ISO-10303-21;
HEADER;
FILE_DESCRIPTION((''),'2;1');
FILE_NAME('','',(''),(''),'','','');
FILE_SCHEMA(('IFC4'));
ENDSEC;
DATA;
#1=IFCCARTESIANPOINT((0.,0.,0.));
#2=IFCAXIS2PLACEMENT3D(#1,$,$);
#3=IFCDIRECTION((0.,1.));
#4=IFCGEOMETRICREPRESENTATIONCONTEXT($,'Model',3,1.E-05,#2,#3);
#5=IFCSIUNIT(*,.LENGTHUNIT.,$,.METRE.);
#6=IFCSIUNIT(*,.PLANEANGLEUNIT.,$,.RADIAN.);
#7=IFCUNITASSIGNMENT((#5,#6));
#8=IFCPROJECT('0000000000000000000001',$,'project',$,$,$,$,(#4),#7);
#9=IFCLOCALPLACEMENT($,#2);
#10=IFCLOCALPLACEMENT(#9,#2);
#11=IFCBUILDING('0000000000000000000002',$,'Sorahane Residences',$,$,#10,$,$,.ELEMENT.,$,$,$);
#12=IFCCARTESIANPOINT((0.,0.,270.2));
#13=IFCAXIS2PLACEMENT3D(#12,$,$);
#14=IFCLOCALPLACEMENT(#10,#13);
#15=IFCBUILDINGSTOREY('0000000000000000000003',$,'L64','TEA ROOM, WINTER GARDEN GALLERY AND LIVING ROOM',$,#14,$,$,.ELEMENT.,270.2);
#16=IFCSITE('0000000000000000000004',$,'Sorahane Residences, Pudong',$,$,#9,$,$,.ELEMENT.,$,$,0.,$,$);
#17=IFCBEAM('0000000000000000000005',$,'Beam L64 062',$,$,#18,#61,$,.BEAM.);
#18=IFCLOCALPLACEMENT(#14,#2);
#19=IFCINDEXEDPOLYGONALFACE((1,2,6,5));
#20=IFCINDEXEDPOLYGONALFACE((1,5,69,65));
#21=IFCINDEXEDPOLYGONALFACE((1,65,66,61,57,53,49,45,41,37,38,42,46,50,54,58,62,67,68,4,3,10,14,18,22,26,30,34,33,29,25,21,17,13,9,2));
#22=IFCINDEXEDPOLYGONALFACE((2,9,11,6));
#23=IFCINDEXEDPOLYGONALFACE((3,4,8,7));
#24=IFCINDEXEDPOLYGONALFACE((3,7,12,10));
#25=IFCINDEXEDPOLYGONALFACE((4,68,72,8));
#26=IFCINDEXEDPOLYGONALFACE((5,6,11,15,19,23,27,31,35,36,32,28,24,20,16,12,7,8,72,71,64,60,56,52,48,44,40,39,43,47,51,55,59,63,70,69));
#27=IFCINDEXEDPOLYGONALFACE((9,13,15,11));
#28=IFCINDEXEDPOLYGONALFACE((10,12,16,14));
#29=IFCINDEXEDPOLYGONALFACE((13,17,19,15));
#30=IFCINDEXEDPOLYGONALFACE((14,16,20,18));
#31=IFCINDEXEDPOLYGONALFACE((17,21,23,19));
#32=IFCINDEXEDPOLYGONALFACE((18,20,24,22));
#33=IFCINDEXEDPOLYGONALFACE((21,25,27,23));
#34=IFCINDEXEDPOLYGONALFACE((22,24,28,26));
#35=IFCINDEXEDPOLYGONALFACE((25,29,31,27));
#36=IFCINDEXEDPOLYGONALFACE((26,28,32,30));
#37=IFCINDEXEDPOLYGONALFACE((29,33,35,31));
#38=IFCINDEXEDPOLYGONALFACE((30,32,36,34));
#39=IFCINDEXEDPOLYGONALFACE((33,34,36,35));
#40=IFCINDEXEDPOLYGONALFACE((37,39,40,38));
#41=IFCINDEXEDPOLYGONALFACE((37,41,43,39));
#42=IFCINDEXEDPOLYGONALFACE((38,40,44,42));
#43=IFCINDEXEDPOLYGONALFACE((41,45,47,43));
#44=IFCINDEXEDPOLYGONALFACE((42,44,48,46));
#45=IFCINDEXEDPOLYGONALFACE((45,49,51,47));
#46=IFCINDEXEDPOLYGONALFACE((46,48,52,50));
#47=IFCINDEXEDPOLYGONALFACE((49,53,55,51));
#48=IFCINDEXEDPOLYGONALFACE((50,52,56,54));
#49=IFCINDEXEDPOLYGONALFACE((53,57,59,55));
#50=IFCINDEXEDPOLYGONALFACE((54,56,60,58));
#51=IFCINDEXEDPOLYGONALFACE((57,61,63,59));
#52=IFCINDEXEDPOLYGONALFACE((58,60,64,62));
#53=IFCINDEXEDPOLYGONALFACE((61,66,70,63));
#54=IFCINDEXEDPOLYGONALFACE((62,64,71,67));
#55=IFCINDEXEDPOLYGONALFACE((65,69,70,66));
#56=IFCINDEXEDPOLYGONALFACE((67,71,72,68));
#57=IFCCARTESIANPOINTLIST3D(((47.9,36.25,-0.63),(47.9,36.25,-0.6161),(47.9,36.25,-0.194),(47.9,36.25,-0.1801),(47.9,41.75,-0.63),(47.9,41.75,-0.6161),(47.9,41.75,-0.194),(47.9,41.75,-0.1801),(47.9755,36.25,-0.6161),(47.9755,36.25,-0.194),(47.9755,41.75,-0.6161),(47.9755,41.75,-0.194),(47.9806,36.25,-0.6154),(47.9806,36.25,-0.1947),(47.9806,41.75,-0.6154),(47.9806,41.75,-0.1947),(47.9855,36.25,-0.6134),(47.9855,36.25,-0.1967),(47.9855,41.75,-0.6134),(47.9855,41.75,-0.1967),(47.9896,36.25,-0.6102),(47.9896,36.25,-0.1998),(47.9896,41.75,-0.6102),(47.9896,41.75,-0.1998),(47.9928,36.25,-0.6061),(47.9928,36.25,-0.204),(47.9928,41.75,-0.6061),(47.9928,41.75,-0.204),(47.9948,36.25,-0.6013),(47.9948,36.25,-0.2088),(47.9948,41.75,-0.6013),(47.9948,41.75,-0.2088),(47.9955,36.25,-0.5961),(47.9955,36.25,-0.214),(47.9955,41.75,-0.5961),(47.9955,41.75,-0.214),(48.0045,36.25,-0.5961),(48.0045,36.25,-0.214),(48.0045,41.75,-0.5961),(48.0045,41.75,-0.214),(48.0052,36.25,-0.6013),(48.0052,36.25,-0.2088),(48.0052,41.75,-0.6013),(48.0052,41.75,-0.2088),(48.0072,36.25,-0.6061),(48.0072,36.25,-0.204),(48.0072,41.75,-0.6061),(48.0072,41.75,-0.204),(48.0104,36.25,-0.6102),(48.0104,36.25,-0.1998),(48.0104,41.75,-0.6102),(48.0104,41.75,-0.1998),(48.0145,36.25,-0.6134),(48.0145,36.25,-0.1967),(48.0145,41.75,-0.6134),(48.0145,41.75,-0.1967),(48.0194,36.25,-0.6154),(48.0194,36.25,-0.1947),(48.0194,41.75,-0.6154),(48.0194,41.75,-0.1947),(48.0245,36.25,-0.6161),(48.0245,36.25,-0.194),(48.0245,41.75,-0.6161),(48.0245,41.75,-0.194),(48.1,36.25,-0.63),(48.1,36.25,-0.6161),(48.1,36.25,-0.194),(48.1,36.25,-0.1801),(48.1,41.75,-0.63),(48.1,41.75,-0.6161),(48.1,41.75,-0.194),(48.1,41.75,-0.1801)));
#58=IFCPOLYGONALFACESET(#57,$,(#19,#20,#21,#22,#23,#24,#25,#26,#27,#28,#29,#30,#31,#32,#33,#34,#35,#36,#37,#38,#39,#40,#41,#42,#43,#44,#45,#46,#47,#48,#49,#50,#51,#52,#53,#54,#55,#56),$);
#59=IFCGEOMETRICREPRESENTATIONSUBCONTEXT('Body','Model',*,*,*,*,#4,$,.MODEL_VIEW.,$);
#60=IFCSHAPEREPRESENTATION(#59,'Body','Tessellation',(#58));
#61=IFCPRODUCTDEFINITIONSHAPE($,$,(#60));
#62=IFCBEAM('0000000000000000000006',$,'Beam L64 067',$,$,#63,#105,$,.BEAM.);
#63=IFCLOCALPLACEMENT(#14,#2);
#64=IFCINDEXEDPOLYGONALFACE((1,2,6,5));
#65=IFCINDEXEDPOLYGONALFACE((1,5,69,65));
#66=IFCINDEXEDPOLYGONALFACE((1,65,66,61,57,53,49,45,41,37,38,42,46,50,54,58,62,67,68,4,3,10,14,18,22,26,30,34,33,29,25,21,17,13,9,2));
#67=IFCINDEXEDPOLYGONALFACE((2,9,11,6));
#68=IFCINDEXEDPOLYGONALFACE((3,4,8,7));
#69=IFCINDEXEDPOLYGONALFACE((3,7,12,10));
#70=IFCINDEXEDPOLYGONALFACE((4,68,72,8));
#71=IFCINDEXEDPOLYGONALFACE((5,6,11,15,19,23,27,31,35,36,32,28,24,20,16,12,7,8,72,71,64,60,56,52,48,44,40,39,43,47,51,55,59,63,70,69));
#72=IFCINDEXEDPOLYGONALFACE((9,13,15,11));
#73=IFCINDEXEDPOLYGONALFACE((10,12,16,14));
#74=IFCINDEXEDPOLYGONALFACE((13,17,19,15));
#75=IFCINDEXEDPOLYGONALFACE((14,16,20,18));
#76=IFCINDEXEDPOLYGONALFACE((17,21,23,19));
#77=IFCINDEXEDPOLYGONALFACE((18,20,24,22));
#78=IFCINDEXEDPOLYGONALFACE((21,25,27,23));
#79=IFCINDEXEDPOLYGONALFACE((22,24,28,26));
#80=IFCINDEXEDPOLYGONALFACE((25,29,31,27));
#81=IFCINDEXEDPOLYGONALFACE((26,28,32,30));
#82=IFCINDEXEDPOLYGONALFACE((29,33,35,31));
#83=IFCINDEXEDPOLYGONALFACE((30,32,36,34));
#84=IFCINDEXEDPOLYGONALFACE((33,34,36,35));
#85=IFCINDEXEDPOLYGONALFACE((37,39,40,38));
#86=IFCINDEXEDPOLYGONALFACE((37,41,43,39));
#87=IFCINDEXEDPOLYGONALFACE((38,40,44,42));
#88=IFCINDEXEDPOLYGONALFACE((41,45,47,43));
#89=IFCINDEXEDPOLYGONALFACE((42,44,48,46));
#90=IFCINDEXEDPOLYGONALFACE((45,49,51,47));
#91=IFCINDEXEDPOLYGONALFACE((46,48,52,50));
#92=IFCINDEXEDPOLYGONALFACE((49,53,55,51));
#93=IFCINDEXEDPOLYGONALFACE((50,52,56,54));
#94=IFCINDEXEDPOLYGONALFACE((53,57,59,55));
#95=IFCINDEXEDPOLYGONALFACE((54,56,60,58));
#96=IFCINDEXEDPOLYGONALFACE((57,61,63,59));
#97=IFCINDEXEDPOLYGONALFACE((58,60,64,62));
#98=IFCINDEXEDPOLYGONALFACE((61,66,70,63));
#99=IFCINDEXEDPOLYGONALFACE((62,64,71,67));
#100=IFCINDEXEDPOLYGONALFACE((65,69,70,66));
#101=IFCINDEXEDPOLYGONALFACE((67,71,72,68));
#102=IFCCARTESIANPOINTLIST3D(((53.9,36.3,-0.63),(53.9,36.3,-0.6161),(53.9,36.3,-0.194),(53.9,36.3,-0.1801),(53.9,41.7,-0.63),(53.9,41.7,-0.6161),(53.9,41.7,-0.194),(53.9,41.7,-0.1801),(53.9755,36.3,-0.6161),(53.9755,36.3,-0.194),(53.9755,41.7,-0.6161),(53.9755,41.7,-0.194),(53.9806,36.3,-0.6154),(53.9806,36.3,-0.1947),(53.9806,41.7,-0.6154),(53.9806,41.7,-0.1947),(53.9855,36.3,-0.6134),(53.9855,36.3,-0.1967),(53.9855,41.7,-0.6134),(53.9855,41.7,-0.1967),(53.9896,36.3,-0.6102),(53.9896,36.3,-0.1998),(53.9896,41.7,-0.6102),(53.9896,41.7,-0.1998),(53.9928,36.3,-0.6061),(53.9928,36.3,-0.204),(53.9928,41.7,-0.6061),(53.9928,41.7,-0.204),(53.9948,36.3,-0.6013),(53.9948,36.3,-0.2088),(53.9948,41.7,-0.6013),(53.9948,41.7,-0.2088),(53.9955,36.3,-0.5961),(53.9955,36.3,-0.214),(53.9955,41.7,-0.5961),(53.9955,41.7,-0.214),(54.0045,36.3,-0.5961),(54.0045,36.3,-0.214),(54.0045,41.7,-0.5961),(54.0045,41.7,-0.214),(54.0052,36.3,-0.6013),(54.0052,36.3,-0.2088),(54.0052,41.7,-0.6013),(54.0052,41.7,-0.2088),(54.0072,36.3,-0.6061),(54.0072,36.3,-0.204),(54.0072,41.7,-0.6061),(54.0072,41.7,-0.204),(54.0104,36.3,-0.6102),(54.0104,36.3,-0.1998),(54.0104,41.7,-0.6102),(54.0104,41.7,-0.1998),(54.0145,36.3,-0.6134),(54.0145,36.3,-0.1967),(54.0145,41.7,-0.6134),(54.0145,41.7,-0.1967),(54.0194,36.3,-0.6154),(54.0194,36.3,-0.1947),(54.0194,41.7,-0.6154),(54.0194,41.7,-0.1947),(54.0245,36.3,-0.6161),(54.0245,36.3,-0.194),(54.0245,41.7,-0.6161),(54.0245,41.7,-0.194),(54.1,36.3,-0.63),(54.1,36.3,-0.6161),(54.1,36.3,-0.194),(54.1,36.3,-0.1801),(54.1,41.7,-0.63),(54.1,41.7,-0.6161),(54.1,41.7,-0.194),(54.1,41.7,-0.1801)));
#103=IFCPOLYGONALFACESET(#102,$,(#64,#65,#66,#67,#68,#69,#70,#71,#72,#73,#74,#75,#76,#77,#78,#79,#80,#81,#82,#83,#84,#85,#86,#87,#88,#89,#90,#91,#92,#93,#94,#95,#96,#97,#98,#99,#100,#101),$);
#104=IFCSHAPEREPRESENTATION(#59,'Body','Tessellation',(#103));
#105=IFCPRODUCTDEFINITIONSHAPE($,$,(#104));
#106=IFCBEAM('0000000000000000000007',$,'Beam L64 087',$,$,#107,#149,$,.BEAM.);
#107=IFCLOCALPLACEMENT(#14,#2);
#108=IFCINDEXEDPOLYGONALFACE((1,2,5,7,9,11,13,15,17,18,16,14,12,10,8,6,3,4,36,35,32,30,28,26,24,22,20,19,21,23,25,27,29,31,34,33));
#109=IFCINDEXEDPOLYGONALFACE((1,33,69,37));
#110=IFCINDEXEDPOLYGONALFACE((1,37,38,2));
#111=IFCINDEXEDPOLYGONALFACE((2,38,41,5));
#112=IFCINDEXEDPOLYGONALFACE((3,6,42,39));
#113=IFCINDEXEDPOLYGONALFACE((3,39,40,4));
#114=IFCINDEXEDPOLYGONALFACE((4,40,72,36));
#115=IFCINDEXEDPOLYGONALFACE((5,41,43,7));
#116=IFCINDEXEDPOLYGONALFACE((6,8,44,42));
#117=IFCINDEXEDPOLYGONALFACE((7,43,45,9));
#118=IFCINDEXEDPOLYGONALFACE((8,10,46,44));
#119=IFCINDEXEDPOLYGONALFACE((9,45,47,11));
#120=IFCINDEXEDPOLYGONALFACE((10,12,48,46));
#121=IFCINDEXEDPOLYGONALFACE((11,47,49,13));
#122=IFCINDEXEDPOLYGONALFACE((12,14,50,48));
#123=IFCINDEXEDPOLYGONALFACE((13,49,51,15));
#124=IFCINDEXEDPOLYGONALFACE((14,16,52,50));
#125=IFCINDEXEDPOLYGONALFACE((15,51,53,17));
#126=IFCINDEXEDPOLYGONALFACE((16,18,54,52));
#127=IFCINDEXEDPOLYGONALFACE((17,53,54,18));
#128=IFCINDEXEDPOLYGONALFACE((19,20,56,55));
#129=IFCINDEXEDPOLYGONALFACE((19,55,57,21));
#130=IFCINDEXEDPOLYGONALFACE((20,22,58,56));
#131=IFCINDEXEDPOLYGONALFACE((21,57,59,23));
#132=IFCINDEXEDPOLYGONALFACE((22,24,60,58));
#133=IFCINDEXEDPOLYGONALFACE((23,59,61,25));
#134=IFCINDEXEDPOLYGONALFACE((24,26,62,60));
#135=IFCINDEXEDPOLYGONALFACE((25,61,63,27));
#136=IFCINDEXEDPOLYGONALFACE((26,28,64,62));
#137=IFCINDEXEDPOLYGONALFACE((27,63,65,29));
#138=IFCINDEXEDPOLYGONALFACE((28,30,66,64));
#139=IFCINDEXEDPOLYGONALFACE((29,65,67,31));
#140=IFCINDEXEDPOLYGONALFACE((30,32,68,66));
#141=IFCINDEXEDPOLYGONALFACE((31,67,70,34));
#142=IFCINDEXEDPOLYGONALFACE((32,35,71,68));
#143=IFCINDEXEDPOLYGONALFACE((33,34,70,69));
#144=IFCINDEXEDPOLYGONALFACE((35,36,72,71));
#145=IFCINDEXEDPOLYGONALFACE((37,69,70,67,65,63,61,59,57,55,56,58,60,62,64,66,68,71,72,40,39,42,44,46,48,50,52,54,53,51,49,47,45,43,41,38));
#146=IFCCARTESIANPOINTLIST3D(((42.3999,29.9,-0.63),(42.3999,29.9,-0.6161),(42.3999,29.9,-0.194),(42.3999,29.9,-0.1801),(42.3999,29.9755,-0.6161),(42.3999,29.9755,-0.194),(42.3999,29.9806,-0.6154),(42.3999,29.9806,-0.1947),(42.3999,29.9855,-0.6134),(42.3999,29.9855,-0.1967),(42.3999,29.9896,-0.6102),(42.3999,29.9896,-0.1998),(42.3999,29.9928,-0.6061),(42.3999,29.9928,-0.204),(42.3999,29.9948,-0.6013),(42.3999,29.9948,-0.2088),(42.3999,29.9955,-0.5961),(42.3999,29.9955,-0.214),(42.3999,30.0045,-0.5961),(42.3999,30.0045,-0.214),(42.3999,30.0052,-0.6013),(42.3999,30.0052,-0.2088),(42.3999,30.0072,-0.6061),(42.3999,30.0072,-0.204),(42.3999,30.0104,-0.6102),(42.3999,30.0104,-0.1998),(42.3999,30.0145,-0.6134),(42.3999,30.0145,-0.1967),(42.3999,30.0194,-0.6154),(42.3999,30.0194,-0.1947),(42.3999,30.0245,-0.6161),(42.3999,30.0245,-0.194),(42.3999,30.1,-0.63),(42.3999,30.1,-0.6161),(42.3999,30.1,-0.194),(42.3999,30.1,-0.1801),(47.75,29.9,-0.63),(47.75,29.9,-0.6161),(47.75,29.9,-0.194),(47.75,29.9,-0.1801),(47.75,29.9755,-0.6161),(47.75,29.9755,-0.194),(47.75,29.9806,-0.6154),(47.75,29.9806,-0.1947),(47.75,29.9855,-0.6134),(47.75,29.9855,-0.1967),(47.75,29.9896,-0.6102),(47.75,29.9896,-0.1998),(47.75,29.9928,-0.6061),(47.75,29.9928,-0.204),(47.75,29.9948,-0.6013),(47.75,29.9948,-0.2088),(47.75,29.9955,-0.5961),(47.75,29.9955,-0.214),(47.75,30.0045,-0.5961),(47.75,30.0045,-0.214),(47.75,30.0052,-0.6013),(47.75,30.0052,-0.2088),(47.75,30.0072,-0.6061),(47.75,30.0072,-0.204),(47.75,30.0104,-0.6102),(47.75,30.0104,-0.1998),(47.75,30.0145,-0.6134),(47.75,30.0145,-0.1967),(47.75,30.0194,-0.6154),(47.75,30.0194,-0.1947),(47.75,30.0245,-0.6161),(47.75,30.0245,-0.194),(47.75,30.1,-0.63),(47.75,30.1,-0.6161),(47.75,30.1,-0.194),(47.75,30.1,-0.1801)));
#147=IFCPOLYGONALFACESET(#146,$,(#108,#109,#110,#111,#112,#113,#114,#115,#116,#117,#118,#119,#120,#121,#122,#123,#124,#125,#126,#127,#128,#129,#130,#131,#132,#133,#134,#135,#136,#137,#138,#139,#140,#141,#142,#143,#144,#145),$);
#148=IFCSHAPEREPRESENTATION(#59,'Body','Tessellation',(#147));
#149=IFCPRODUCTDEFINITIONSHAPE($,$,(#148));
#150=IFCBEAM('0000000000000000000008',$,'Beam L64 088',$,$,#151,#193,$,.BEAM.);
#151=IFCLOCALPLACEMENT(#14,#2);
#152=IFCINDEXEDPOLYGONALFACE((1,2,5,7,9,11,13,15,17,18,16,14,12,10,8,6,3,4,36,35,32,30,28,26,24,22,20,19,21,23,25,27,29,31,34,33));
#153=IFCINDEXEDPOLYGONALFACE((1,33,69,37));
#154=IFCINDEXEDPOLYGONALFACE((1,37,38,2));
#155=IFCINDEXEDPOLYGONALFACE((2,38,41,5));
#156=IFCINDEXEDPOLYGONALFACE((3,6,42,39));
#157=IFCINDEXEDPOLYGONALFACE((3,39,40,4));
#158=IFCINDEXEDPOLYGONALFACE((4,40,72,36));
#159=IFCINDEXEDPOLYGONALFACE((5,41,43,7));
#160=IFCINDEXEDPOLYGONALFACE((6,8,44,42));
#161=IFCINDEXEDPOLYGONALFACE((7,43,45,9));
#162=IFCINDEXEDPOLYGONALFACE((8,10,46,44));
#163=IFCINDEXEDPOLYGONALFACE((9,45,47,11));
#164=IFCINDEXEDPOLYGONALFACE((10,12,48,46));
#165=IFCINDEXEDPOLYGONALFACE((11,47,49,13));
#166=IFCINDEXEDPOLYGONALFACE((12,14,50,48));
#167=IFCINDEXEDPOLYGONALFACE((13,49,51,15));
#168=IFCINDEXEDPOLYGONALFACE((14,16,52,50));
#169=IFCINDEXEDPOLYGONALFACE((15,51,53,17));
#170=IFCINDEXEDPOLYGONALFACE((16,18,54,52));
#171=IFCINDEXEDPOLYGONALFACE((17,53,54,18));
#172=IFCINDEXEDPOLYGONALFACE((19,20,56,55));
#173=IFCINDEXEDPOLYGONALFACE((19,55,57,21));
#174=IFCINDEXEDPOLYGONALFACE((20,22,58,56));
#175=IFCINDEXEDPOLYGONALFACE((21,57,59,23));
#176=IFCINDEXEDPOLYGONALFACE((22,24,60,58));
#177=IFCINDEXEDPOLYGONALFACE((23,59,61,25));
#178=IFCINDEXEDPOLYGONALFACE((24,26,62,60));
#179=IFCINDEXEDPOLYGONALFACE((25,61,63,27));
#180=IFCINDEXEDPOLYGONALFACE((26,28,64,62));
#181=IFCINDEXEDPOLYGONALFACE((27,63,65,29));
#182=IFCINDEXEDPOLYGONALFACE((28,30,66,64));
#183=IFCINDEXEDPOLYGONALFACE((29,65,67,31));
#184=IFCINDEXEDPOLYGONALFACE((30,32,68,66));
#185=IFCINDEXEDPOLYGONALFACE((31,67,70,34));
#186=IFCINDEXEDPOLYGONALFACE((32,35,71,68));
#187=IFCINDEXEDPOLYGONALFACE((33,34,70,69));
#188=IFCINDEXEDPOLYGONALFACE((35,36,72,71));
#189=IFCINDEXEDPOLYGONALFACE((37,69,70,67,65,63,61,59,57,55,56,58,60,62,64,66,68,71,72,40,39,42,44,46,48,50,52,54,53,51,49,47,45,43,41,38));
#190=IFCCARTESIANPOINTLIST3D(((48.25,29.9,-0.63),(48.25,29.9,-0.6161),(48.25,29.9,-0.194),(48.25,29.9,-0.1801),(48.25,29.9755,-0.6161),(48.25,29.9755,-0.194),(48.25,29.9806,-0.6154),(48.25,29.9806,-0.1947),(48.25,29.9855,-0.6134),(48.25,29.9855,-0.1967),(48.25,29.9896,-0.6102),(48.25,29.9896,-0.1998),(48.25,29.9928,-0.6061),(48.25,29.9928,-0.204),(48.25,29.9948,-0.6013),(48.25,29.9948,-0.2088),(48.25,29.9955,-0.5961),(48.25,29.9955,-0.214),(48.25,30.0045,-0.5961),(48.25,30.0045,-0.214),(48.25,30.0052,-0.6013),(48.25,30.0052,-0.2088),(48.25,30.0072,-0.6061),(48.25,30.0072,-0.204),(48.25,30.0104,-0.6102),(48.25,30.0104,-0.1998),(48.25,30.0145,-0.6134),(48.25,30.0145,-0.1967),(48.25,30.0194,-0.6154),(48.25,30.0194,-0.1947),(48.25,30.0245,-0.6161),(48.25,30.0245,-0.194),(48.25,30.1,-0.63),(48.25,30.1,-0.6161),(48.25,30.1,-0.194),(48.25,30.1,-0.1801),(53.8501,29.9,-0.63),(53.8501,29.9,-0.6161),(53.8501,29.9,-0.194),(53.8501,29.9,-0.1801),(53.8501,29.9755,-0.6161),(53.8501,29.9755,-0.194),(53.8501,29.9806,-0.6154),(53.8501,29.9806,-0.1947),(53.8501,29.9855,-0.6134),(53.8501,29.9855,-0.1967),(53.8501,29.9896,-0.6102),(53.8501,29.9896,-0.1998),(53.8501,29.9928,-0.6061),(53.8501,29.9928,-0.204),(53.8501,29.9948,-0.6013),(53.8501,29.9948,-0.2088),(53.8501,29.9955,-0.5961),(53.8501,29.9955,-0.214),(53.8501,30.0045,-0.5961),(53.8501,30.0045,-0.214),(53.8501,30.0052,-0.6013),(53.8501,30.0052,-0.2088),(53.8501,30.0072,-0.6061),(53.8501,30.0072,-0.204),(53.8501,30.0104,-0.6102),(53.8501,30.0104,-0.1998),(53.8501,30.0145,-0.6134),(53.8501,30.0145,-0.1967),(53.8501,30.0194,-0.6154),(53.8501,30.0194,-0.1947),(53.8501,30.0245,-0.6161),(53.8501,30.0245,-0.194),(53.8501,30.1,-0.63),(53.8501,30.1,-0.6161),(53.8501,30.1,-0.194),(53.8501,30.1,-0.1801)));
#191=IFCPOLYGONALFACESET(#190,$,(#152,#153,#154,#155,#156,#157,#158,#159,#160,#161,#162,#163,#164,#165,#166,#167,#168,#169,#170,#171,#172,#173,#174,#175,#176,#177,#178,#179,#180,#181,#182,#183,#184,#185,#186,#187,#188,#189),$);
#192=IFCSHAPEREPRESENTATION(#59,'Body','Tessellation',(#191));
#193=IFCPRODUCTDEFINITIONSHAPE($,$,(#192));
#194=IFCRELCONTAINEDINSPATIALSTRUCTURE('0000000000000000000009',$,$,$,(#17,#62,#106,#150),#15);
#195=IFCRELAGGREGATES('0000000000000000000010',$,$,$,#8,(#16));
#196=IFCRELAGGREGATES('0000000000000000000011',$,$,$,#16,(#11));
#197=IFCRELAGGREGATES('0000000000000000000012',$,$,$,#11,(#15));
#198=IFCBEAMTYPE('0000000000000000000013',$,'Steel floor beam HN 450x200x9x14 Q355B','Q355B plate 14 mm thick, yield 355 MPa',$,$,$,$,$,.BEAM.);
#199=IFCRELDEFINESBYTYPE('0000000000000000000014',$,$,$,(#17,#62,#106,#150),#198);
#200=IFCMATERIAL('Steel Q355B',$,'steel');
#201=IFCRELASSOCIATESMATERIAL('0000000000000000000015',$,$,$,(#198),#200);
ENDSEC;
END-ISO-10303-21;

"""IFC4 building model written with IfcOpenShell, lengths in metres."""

from ifc_helpers import new_model, si_unit, direction, frame, origin, origin_2d, place, context, subcontext, project, spatial, i_section, extrude, material, material_profile, profile_set, type_object, element, save


model = new_model("IFC4")

# Units and contexts
model_context = context("Model", 3, precision=1e-05, world=origin(), true_north=direction((0.0, 1.0)))
body_context = subcontext(model_context, "Body", "Model", "MODEL_VIEW")
ifc_project = project(units=[si_unit("LENGTHUNIT", "METRE"), si_unit("PLANEANGLEUNIT", "RADIAN")], contexts=[model_context])

# Site, building, storey
site_placement = place(None, origin())
site = spatial("IfcSite", under=ifc_project, at=site_placement, Name="Sorahane Residences, Pudong", CompositionType="ELEMENT", RefElevation=0.0)
building_placement = place(site_placement, origin())
building = spatial("IfcBuilding", under=site, at=building_placement, Name="Sorahane Residences", CompositionType="ELEMENT")
storey_placement = place(building_placement, frame((0.0, 0.0, 270.2)))
storey = spatial("IfcBuildingStorey", under=building, at=storey_placement, Name="L64", Description="TEA ROOM, WINTER GARDEN GALLERY AND LIVING ROOM", CompositionType="ELEMENT", Elevation=270.2)

# Beams
ifc_material_1 = material(Name="Steel Q355B", Category="steel")
ifc_material_profile_1 = material_profile(ifc_material_1, i_section(OverallWidth=0.2, OverallDepth=0.45, WebThickness=0.009, FlangeThickness=0.0139, FilletRadius=0.02, at=origin_2d()), Name="HN 450x200x9x14")
ifc_profile_set_1 = profile_set([ifc_material_profile_1], Name="Steel Q355B")
beam_type_1 = type_object("IfcBeamType", Name="Steel floor beam HN 450x200x9x14 Q355B", Description="Q355B plate 14 mm thick, yield 355 MPa", PredefinedType="BEAM", material=ifc_profile_set_1)
for number, where, z_axis, x_axis, name in (
    (1, (48.0, 36.25, -0.405), (0.0, 1.0, 0.0), (-1.0, 0.0, 0.0), "Beam L64 062"),
):
    element("IfcBeam", number, at=place(storey_placement, frame(where, z_axis=z_axis, x_axis=x_axis)), inside=storey, type_object=beam_type_1, Name=name, PredefinedType="BEAM", context=body_context, shape_type="SweptSolid", body=[
        extrude(i_section(OverallWidth=0.2, OverallDepth=0.45, WebThickness=0.009, FlangeThickness=0.0139, FilletRadius=0.02, at=origin_2d()), origin(), (0.0, 0.0, 1.0), 5.5),
    ])
beam_1_placement = place(storey_placement, frame((54.0, 36.3, -0.405), z_axis=(0.0, 1.0, 0.0), x_axis=(-1.0, 0.0, 0.0)))
element("IfcBeam", 2, at=beam_1_placement, inside=storey, type_object=beam_type_1, Name="Beam L64 067", PredefinedType="BEAM", context=body_context, shape_type="SweptSolid", body=[
    extrude(i_section(OverallWidth=0.2, OverallDepth=0.45, WebThickness=0.009, FlangeThickness=0.0139, FilletRadius=0.02, at=origin_2d()), origin(), (0.0, 0.0, 1.0), 5.3999),
])
beam_2_placement = place(storey_placement, frame((42.3999, 30.0, -0.405), z_axis=(1.0, 0.0, 0.0), x_axis=(0.0, 1.0, 0.0)))
element("IfcBeam", 3, at=beam_2_placement, inside=storey, type_object=beam_type_1, Name="Beam L64 087", PredefinedType="BEAM", context=body_context, shape_type="SweptSolid", body=[
    extrude(i_section(OverallWidth=0.2, OverallDepth=0.45, WebThickness=0.009, FlangeThickness=0.0139, FilletRadius=0.02, at=origin_2d()), origin(), (0.0, 0.0, 1.0), 5.3501),
])
beam_3_placement = place(storey_placement, frame((48.25, 30.0, -0.405), z_axis=(1.0, 0.0, 0.0), x_axis=(0.0, 1.0, 0.0)))
element("IfcBeam", 4, at=beam_3_placement, inside=storey, type_object=beam_type_1, Name="Beam L64 088", PredefinedType="BEAM", context=body_context, shape_type="SweptSolid", body=[
    extrude(i_section(OverallWidth=0.2, OverallDepth=0.45, WebThickness=0.009, FlangeThickness=0.0139, FilletRadius=0.02, at=origin_2d()), origin(), (0.0, 0.0, 1.0), 5.6001),
])

save(model, "model.ifc")
